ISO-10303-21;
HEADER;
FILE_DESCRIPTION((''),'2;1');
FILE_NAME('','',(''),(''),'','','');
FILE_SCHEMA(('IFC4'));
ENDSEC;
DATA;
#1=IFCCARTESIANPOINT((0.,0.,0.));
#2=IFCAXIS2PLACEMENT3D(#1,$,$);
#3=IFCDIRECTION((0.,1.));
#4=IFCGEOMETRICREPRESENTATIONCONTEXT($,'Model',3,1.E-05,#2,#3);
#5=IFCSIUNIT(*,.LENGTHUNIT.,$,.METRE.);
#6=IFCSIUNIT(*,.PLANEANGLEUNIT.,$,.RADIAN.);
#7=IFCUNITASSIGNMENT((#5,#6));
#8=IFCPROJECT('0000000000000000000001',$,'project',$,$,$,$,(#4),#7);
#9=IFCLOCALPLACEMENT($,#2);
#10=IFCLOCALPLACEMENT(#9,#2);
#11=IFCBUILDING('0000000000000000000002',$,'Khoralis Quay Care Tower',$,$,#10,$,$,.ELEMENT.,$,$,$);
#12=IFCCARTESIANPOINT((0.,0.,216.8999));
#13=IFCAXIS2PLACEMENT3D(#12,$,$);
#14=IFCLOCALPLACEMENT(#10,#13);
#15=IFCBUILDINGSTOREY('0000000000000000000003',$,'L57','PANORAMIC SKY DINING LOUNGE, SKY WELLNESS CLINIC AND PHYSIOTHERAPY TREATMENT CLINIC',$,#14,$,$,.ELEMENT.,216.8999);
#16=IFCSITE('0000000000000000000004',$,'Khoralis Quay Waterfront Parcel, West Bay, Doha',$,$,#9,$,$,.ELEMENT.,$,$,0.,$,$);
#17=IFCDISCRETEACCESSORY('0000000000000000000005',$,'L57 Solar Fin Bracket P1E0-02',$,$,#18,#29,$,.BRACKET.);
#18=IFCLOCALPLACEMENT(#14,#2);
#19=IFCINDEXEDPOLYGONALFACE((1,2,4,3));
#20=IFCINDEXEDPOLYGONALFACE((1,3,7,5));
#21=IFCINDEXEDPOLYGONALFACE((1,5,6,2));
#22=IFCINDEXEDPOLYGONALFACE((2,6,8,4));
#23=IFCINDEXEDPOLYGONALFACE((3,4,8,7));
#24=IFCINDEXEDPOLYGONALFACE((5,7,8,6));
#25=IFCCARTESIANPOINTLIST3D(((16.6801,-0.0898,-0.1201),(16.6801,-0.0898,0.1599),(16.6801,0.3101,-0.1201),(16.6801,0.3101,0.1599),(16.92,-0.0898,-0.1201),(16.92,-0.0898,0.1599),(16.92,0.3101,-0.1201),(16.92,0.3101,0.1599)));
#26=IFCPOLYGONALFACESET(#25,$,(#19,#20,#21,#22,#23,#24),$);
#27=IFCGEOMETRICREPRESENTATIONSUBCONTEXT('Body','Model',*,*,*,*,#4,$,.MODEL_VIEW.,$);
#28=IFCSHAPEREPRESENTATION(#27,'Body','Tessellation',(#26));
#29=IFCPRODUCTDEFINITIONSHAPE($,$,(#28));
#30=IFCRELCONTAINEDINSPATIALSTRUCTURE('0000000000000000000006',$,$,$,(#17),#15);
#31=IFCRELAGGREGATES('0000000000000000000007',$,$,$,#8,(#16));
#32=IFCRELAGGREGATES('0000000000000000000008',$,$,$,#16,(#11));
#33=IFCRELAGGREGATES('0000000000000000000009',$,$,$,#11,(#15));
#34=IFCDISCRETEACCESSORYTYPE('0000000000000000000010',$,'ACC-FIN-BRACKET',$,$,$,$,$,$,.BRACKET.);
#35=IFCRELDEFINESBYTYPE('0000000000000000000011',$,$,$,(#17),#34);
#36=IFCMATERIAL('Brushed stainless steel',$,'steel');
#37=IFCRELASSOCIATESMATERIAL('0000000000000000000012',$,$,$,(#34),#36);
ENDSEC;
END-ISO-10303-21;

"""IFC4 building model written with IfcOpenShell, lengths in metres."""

from ifc_helpers import new_model, si_unit, direction, frame, origin, origin_2d, place, context, subcontext, project, spatial, rectangle, extrude, source, transform, mapped, material, type_object, element, save


model = new_model("IFC4")

# Units and contexts
model_context = context("Model", 3, precision=1e-05, world=origin(), true_north=direction((0.0, 1.0)))
body_context = subcontext(model_context, "Body", "Model", "MODEL_VIEW")
ifc_project = project(units=[si_unit("LENGTHUNIT", "METRE"), si_unit("PLANEANGLEUNIT", "RADIAN")], contexts=[model_context])

# Site, building, storey
site_placement = place(None, origin())
site = spatial("IfcSite", under=ifc_project, at=site_placement, Name="Khoralis Quay Waterfront Parcel, West Bay, Doha", CompositionType="ELEMENT", RefElevation=0.0)
building_placement = place(site_placement, origin())
building = spatial("IfcBuilding", under=site, at=building_placement, Name="Khoralis Quay Care Tower", CompositionType="ELEMENT")
storey_placement = place(building_placement, frame((0.0, 0.0, 216.8999)))
storey = spatial("IfcBuildingStorey", under=building, at=storey_placement, Name="L57", Description="PANORAMIC SKY DINING LOUNGE, SKY WELLNESS CLINIC AND PHYSIOTHERAPY TREATMENT CLINIC", CompositionType="ELEMENT", Elevation=216.8999)

# Discrete accessory
ifc_material_1 = material(Name="Brushed stainless steel", Category="steel")
discrete_accessory_type = type_object("IfcDiscreteAccessoryType", Name="ACC-FIN-BRACKET", PredefinedType="BRACKET", material=ifc_material_1)
shared_shape_1 = source(origin(), body_context, "Body", "SweptSolid", [
    extrude(rectangle(XDim=0.3999, YDim=0.24, at=origin_2d()), origin(), (0.0, 0.0, 1.0), 0.28),
])
for number, where, z_axis, x_axis, name in (
    (1, (16.8, 0.1101, -0.1201), (0.0, 0.0, 1.0), (0.0, -1.0, 0.0), "L57 Solar Fin Bracket P1E0-02"),
):
    element("IfcDiscreteAccessory", number, at=place(storey_placement, frame(where, z_axis=z_axis, x_axis=x_axis)), inside=storey, type_object=discrete_accessory_type, Name=name, PredefinedType="BRACKET", context=body_context, shape_type="MappedRepresentation", body=[
        mapped(shared_shape_1, transform((0.0, 0.0, 0.0), scale=1.0)),
    ])

save(model, "model.ifc")
